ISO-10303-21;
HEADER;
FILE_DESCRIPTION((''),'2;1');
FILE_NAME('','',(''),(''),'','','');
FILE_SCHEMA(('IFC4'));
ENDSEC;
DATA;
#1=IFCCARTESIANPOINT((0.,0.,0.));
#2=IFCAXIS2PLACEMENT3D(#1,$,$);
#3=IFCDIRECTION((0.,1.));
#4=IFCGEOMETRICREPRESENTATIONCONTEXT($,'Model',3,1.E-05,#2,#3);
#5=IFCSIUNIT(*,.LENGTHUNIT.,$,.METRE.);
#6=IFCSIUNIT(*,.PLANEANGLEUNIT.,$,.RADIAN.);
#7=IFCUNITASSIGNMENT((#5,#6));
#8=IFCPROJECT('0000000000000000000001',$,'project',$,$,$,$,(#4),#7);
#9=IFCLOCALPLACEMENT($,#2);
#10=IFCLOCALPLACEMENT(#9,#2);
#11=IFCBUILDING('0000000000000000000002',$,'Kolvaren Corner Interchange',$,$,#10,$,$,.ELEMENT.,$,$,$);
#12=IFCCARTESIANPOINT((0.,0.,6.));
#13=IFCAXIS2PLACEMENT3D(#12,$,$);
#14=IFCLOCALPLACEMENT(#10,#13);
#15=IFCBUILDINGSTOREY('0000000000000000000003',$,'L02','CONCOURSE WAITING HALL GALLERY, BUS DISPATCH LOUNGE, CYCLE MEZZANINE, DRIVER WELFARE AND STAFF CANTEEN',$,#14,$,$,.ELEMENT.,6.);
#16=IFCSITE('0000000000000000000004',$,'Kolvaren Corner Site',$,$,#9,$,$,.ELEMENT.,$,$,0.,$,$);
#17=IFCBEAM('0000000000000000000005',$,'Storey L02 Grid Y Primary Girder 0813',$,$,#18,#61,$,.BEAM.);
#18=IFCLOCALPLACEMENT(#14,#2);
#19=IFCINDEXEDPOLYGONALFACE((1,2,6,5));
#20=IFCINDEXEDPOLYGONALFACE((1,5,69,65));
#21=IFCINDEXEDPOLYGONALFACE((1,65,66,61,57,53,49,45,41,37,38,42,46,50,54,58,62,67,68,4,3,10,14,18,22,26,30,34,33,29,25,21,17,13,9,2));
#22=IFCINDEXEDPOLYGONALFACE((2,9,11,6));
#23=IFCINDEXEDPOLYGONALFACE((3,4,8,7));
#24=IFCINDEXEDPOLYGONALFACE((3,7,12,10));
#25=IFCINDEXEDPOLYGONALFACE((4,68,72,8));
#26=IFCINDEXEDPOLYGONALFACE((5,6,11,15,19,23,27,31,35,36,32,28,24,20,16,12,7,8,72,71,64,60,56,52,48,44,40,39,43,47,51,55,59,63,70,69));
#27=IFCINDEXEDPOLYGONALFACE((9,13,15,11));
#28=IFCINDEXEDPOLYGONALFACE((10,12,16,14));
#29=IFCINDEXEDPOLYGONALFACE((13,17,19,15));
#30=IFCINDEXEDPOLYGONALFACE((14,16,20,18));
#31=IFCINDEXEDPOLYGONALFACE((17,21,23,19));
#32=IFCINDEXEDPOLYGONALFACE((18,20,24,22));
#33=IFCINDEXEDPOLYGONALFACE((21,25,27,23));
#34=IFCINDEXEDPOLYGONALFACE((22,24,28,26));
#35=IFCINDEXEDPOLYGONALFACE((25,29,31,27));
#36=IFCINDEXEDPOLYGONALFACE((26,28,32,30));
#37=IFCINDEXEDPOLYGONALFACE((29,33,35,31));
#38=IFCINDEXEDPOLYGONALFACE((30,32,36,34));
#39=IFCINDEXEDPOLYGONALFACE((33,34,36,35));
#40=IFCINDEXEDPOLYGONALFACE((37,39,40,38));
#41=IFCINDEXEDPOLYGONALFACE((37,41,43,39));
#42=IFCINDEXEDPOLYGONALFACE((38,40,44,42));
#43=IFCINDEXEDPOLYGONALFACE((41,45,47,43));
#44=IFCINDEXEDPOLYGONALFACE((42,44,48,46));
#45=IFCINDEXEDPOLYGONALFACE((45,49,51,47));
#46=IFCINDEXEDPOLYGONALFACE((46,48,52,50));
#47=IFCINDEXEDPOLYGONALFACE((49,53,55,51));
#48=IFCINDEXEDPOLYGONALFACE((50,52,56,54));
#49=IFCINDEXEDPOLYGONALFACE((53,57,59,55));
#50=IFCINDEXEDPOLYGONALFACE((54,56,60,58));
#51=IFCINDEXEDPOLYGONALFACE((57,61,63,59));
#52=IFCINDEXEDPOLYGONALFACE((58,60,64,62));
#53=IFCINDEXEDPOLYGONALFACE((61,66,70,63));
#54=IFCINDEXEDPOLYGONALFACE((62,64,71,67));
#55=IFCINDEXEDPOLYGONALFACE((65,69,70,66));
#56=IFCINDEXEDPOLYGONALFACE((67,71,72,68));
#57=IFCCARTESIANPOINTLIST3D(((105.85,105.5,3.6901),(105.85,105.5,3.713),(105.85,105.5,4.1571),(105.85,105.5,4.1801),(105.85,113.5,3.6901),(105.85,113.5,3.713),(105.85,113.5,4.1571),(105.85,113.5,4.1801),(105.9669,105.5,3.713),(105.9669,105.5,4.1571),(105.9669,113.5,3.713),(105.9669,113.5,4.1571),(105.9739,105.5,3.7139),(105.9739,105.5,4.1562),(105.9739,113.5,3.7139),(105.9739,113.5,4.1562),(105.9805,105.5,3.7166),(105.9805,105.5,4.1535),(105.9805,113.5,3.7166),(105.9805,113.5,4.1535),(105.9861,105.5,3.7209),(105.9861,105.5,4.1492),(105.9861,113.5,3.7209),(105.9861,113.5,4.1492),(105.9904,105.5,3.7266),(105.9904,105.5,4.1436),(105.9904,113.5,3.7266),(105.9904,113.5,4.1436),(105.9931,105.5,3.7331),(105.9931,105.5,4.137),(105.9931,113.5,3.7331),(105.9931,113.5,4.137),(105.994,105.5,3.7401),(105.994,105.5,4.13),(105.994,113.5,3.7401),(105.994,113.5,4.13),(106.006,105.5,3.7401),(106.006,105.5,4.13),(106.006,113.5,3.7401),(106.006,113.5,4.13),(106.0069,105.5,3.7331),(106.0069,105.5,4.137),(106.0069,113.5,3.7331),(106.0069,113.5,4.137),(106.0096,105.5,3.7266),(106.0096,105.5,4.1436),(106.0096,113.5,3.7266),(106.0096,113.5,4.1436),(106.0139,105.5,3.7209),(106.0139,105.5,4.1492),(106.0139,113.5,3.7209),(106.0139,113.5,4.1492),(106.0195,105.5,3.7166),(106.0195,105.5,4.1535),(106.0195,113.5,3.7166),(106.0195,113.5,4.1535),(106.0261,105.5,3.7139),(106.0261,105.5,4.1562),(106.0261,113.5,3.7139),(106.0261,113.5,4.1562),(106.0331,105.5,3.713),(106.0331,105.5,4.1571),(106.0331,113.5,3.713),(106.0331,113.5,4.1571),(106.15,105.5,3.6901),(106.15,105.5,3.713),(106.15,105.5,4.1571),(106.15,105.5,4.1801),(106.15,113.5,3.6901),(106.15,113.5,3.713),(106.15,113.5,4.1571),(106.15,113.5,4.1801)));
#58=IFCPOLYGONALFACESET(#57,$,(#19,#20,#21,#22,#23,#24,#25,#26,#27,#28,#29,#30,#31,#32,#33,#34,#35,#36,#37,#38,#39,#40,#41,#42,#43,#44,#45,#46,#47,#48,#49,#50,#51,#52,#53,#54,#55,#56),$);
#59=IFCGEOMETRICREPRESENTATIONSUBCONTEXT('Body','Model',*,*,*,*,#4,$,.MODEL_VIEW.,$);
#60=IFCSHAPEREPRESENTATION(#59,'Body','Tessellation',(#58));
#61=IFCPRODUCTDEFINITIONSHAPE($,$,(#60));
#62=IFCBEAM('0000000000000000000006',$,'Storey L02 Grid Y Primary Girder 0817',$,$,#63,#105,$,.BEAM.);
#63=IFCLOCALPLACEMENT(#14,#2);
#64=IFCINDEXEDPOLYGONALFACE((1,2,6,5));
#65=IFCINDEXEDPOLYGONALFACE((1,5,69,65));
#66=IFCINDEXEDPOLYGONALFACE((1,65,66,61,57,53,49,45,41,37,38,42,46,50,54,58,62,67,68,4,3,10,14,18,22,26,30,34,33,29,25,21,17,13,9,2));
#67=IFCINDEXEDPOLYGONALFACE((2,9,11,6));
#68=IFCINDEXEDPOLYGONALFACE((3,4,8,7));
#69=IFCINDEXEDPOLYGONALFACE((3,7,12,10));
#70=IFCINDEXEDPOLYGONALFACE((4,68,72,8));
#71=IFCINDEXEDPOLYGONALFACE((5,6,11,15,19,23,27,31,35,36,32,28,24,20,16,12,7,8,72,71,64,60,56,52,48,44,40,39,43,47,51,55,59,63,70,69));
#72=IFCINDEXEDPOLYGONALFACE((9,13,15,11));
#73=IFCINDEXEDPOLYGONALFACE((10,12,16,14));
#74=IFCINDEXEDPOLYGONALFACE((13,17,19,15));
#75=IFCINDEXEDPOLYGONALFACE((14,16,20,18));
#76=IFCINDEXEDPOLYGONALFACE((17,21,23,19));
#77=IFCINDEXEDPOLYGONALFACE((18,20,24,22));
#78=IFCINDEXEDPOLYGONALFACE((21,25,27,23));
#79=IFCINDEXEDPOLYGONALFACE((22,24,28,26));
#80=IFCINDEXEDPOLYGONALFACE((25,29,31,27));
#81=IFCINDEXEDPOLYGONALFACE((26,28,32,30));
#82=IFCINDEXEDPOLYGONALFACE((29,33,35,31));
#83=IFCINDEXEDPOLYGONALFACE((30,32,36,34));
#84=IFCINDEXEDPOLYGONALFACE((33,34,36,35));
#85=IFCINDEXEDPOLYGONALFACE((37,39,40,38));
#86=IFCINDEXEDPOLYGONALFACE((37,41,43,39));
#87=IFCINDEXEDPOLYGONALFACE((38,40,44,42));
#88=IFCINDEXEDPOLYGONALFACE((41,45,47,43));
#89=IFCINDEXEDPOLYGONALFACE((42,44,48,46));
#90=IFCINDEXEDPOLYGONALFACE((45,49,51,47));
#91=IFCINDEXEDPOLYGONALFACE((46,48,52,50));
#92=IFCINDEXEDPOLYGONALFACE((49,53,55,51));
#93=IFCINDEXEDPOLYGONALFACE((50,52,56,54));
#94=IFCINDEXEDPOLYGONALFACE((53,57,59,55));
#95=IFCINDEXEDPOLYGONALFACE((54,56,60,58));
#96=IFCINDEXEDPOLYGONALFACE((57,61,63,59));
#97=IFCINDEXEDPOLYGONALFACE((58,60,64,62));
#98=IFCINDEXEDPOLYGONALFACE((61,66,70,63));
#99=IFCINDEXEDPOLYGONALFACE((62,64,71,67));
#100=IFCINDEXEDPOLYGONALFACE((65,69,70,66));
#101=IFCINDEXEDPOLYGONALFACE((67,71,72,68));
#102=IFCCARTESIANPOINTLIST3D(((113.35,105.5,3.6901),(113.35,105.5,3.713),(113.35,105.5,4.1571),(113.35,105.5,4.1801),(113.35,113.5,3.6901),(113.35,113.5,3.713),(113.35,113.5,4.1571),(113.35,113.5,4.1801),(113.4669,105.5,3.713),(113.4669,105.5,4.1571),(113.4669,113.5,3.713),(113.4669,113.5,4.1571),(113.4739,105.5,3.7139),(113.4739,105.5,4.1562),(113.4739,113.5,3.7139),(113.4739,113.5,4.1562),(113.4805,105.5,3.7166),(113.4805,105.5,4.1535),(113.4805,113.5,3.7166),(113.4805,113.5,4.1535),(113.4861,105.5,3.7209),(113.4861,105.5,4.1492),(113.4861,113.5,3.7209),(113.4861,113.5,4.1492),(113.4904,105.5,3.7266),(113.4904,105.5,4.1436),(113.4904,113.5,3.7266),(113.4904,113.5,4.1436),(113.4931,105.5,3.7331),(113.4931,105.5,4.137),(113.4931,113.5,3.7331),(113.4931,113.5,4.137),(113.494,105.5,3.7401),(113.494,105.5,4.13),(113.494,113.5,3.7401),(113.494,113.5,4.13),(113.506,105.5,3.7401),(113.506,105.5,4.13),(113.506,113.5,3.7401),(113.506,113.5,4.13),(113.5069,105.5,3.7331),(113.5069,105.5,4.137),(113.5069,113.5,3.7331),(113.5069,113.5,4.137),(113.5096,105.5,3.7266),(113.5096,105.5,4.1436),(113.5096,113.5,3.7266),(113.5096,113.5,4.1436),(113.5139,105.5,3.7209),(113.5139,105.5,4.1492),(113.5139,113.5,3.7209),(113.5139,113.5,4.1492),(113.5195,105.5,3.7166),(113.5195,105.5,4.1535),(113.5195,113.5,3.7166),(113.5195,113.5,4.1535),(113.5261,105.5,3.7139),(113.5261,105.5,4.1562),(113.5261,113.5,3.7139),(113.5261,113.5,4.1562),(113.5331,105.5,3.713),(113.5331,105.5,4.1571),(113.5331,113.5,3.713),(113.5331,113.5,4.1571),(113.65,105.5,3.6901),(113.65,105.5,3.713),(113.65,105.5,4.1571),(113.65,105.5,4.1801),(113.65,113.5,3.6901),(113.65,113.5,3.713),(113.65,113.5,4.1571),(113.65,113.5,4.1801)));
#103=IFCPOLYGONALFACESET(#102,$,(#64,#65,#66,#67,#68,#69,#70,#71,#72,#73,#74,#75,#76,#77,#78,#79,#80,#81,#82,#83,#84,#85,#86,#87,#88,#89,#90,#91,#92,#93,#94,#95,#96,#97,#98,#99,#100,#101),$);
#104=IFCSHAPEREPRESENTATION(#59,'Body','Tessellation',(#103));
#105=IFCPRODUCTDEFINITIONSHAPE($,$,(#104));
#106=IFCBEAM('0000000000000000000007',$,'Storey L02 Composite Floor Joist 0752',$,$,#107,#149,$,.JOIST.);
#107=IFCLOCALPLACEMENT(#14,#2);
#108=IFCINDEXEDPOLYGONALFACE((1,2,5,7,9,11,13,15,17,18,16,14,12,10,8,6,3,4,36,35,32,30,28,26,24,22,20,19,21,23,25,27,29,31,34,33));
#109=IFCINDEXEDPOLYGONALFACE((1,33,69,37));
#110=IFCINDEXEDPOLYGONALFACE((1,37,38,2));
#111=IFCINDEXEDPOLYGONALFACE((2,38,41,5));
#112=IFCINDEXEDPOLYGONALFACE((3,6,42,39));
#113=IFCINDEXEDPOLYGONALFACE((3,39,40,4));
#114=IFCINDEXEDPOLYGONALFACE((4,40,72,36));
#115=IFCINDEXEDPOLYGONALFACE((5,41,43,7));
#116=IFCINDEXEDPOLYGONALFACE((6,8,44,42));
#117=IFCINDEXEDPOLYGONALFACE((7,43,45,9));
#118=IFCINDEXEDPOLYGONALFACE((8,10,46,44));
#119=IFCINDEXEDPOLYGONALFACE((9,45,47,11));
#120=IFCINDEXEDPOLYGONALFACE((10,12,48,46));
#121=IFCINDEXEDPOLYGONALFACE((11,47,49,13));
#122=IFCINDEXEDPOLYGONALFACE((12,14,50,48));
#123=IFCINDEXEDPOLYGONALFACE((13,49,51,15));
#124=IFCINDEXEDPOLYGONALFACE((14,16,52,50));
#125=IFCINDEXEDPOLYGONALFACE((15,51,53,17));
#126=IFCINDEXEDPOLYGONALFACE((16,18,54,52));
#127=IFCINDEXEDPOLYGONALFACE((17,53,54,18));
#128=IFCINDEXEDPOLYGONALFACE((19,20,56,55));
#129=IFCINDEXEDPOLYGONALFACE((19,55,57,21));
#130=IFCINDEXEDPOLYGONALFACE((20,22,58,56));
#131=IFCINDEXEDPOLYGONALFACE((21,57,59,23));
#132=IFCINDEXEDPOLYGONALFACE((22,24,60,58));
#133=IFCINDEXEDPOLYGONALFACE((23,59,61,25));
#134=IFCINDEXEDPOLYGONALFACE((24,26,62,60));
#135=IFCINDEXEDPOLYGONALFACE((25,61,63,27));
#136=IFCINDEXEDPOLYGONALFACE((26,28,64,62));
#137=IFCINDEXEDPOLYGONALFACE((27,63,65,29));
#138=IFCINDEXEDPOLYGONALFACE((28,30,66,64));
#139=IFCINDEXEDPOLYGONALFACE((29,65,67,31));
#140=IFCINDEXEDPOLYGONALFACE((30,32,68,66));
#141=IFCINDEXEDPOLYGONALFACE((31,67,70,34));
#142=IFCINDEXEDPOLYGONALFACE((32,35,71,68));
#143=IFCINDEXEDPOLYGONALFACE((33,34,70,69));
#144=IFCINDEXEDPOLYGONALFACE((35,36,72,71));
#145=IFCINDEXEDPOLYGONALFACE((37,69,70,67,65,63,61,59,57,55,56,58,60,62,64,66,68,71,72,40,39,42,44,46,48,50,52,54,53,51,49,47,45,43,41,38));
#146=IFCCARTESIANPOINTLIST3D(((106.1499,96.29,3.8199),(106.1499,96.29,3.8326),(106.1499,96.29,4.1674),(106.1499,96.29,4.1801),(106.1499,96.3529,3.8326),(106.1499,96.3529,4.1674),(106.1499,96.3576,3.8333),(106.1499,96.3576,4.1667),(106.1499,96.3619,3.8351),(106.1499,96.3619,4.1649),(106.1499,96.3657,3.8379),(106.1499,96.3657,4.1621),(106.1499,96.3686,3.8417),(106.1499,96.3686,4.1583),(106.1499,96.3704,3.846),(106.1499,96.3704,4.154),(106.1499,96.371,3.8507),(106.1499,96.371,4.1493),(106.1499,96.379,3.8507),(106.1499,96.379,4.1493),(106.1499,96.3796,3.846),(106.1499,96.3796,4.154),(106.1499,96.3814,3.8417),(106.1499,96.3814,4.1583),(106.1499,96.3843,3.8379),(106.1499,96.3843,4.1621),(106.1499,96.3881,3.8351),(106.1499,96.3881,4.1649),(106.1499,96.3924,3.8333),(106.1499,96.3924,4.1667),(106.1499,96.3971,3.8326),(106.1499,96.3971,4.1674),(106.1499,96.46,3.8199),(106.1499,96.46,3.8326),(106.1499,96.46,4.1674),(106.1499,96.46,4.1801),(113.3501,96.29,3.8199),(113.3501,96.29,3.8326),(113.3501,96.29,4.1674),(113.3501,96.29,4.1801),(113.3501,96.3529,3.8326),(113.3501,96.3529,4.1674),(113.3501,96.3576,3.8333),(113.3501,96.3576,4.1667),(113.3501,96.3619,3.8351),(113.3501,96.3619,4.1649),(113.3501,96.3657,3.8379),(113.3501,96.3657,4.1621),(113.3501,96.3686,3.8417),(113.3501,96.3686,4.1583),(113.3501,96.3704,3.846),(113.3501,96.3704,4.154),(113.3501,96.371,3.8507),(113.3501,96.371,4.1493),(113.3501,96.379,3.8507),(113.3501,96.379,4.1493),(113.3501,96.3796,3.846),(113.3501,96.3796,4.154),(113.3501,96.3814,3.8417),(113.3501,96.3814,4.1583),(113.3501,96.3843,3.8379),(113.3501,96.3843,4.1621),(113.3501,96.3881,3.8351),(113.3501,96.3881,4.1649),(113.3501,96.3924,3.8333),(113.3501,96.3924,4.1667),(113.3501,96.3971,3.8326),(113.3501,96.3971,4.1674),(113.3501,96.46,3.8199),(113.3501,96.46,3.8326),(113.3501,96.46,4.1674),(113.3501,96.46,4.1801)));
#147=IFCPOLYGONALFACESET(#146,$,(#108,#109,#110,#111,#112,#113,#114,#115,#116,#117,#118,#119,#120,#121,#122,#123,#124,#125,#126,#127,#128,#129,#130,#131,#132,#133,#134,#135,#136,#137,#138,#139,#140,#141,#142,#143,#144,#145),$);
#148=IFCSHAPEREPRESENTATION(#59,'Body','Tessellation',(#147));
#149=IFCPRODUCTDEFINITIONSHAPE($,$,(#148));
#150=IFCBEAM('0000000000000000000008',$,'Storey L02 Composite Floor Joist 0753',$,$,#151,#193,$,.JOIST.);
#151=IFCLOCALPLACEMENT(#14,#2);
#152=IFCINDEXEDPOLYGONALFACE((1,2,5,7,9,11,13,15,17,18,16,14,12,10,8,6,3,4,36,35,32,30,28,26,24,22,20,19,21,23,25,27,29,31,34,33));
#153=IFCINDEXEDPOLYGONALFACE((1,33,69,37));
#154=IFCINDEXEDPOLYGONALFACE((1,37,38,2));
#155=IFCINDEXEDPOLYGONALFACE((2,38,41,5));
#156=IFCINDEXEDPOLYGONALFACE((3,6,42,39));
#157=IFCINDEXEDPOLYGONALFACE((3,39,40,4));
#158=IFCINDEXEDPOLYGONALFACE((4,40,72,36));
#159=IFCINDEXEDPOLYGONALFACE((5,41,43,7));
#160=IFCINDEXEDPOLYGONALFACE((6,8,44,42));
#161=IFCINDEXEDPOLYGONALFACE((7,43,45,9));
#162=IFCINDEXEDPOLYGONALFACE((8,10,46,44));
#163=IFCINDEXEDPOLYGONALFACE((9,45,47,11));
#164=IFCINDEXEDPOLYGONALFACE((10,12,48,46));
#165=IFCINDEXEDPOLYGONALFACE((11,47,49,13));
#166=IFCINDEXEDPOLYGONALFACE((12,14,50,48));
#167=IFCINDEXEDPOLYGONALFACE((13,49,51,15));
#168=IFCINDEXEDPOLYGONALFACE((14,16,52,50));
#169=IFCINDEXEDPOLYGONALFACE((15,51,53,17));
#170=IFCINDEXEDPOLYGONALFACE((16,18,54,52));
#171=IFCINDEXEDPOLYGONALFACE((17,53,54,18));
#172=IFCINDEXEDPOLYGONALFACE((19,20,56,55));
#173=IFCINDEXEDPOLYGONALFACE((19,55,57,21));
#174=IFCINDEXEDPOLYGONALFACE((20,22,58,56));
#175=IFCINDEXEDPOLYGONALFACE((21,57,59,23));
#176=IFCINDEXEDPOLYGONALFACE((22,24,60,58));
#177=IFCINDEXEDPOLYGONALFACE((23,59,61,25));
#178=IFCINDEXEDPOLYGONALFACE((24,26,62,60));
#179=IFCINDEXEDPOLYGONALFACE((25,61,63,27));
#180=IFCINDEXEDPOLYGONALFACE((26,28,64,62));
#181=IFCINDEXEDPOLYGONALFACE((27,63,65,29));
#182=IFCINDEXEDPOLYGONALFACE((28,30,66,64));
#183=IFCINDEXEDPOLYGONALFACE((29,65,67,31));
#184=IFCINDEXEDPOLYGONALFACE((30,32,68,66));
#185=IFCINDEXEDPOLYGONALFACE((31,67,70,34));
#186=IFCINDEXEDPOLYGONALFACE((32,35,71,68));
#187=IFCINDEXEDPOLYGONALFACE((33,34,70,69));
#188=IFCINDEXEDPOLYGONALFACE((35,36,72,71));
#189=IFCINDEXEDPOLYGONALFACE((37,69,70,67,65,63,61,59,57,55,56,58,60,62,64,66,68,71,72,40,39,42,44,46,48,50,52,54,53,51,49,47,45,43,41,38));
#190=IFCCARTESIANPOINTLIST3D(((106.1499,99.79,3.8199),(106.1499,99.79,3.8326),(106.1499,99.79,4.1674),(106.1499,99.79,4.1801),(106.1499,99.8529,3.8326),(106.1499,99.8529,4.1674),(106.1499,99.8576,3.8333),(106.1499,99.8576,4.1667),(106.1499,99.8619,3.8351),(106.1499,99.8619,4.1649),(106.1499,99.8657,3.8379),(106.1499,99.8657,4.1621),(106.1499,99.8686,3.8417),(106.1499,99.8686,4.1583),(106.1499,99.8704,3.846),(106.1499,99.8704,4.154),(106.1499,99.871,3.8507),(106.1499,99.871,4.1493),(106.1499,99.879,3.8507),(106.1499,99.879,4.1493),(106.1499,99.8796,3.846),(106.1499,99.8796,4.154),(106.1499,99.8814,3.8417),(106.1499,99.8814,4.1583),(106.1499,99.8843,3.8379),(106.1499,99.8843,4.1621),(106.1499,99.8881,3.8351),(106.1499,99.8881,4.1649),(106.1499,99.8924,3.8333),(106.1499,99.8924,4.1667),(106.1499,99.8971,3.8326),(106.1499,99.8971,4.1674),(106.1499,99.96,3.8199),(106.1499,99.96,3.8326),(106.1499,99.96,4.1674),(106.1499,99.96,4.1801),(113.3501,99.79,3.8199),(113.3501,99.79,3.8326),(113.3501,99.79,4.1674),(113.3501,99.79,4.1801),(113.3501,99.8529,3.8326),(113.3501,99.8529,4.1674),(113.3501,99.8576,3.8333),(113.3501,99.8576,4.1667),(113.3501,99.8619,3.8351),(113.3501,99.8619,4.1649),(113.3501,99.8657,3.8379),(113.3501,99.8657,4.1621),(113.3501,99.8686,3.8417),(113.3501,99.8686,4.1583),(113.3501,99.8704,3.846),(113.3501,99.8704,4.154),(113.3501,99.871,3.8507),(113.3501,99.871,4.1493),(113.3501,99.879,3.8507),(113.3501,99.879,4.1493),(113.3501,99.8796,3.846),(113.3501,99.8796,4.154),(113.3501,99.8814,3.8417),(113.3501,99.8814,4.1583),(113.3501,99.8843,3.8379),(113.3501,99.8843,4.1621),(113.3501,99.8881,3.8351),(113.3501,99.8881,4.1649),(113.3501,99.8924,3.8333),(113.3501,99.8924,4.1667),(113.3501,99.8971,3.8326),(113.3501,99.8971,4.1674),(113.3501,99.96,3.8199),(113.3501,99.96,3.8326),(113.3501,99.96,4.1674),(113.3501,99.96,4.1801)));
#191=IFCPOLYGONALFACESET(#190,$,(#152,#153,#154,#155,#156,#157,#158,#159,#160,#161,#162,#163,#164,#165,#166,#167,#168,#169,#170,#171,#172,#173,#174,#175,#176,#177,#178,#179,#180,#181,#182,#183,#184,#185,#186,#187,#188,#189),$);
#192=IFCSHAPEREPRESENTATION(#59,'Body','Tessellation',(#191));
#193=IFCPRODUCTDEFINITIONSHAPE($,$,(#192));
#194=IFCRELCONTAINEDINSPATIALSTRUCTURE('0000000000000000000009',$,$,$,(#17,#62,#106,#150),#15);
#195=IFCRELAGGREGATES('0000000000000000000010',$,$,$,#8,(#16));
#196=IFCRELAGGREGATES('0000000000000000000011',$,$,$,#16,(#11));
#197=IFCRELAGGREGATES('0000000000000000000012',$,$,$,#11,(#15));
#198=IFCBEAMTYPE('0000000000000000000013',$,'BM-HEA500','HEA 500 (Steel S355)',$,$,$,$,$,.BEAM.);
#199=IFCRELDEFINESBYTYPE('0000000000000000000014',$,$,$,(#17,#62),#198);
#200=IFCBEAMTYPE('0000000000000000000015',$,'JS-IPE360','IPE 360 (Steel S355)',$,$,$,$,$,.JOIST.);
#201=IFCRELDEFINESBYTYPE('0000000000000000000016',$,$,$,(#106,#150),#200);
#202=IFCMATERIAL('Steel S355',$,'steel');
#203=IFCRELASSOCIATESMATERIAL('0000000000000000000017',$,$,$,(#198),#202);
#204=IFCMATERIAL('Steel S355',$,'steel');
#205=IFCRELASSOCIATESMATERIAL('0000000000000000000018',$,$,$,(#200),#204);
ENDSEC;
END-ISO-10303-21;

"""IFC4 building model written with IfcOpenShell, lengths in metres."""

from ifc_helpers import new_model, si_unit, direction, frame, origin, origin_2d, place, context, subcontext, project, spatial, i_section, extrude, material, material_profile, profile_set, type_object, element, save


model = new_model("IFC4")

# Units and contexts
model_context = context("Model", 3, precision=1e-05, world=origin(), true_north=direction((0.0, 1.0)))
body_context = subcontext(model_context, "Body", "Model", "MODEL_VIEW")
ifc_project = project(units=[si_unit("LENGTHUNIT", "METRE"), si_unit("PLANEANGLEUNIT", "RADIAN")], contexts=[model_context])

# Site, building, storey
site_placement = place(None, origin())
site = spatial("IfcSite", under=ifc_project, at=site_placement, Name="Kolvaren Corner Site", CompositionType="ELEMENT", RefElevation=0.0)
building_placement = place(site_placement, origin())
building = spatial("IfcBuilding", under=site, at=building_placement, Name="Kolvaren Corner Interchange", CompositionType="ELEMENT")
storey_placement = place(building_placement, frame((0.0, 0.0, 6.0)))
storey = spatial("IfcBuildingStorey", under=building, at=storey_placement, Name="L02", Description="CONCOURSE WAITING HALL GALLERY, BUS DISPATCH LOUNGE, CYCLE MEZZANINE, DRIVER WELFARE AND STAFF CANTEEN", CompositionType="ELEMENT", Elevation=6.0)

# Beams
ifc_material_1 = material(Name="Steel S355", Category="steel")
ifc_material_profile_1 = material_profile(ifc_material_1, i_section(OverallWidth=0.3, OverallDepth=0.49, WebThickness=0.012, FlangeThickness=0.0229, FilletRadius=0.0271, at=origin_2d()), Name="HEA 500")
ifc_profile_set_1 = profile_set([ifc_material_profile_1], Name="Steel S355")
beam_type_1 = type_object("IfcBeamType", Name="BM-HEA500", Description="HEA 500 (Steel S355)", PredefinedType="BEAM", material=ifc_profile_set_1)
for number, where, z_axis, x_axis, name in (
    (1, (106.0, 105.5, 3.9351), (0.0, 1.0, 0.0), (-1.0, 0.0, 0.0), "Storey L02 Grid Y Primary Girder 0813"),
    (2, (113.5, 105.5, 3.9351), (0.0, 1.0, 0.0), (-1.0, 0.0, 0.0), "Storey L02 Grid Y Primary Girder 0817"),
):
    element("IfcBeam", number, at=place(storey_placement, frame(where, z_axis=z_axis, x_axis=x_axis)), inside=storey, type_object=beam_type_1, Name=name, PredefinedType="BEAM", context=body_context, shape_type="SweptSolid", body=[
        extrude(i_section(OverallWidth=0.3, OverallDepth=0.49, WebThickness=0.012, FlangeThickness=0.0229, FilletRadius=0.0271, at=origin_2d()), origin(), (0.0, 0.0, 1.0), 8.0),
    ])
ifc_material_2 = material(Name="Steel S355", Category="steel")
ifc_material_profile_2 = material_profile(ifc_material_2, i_section(OverallWidth=0.1699, OverallDepth=0.3601, WebThickness=0.0081, FlangeThickness=0.0127, FilletRadius=0.0181, at=origin_2d()), Name="IPE 360")
ifc_profile_set_2 = profile_set([ifc_material_profile_2], Name="Steel S355")
beam_type_2 = type_object("IfcBeamType", Name="JS-IPE360", Description="IPE 360 (Steel S355)", PredefinedType="JOIST", material=ifc_profile_set_2)
for number, where, z_axis, x_axis, name in (
    (3, (106.1499, 96.375, 4.0), (1.0, 0.0, 0.0), (0.0, 1.0, 0.0), "Storey L02 Composite Floor Joist 0752"),
    (4, (106.1499, 99.875, 4.0), (1.0, 0.0, 0.0), (0.0, 1.0, 0.0), "Storey L02 Composite Floor Joist 0753"),
):
    element("IfcBeam", number, at=place(storey_placement, frame(where, z_axis=z_axis, x_axis=x_axis)), inside=storey, type_object=beam_type_2, Name=name, PredefinedType="JOIST", context=body_context, shape_type="SweptSolid", body=[
        extrude(i_section(OverallWidth=0.1699, OverallDepth=0.3601, WebThickness=0.0081, FlangeThickness=0.0127, FilletRadius=0.0181, at=origin_2d()), origin(), (0.0, 0.0, 1.0), 7.2002),
    ])

save(model, "model.ifc")
